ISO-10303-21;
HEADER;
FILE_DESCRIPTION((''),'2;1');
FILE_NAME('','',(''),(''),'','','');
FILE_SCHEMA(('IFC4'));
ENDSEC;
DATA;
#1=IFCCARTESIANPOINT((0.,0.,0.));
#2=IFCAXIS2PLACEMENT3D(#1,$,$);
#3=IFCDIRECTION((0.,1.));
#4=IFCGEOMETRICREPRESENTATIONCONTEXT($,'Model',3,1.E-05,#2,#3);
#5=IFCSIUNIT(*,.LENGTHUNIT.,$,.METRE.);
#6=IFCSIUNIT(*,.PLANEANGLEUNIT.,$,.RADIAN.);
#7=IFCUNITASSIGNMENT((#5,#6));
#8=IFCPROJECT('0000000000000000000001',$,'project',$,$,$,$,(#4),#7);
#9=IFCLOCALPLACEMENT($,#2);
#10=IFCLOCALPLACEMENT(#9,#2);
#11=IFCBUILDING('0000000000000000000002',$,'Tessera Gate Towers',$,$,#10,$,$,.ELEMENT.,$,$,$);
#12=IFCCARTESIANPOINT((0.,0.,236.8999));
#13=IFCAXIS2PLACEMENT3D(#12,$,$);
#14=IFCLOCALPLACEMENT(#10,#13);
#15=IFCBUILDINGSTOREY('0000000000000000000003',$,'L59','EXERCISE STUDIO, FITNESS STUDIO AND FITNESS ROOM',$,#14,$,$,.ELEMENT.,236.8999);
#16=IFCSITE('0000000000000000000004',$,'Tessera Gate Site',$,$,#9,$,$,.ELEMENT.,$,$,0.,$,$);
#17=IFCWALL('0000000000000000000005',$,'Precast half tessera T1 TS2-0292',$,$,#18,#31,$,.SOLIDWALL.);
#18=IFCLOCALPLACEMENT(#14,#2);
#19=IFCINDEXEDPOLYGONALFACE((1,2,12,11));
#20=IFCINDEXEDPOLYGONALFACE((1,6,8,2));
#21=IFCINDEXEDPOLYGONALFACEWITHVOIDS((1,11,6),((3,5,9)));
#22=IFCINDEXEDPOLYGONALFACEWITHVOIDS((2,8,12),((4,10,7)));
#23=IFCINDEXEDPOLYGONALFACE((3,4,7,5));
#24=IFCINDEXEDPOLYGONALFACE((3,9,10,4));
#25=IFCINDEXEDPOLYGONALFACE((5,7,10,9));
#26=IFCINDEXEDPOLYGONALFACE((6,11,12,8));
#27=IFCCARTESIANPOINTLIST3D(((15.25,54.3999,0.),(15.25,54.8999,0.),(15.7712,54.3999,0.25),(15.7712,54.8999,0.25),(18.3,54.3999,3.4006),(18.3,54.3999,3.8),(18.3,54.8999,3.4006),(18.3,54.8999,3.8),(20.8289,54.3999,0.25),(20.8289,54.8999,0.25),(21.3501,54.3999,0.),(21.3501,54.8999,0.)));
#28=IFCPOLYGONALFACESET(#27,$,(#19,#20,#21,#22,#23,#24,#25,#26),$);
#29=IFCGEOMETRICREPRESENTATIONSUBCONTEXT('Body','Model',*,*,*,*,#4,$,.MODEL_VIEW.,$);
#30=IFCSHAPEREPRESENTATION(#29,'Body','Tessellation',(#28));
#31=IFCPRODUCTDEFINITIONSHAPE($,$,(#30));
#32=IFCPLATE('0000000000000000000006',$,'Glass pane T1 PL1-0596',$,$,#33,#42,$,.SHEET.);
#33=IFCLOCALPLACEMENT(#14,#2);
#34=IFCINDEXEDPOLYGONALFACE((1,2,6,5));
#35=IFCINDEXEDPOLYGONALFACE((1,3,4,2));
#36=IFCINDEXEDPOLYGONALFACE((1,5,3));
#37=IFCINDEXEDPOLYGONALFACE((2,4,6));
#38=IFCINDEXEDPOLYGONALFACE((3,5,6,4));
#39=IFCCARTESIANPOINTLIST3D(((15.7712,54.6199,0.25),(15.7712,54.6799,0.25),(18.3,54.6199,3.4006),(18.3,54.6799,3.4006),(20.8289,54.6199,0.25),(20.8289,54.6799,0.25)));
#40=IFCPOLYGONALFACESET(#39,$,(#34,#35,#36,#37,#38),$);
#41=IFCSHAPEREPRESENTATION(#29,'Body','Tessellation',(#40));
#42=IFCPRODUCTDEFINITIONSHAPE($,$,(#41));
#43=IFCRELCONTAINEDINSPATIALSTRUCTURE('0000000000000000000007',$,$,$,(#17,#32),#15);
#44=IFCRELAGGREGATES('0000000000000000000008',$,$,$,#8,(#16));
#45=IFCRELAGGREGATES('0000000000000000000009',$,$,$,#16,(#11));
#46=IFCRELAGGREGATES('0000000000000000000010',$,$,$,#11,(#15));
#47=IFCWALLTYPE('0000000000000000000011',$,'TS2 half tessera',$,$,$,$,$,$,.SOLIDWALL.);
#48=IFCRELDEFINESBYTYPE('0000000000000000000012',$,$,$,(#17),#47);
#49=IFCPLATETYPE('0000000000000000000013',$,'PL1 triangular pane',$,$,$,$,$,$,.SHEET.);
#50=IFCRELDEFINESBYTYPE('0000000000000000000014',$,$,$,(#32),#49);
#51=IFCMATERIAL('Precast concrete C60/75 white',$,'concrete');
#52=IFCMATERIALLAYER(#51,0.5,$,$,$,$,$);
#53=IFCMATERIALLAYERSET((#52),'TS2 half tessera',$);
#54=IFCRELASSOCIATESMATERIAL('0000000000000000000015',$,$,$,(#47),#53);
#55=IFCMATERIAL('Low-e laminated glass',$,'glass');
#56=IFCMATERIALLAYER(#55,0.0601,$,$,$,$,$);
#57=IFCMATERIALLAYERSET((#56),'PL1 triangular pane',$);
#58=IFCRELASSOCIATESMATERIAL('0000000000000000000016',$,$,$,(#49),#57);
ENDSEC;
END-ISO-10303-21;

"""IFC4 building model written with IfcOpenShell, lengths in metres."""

from ifc_helpers import new_model, si_unit, direction, frame, origin, place, context, subcontext, project, spatial, polyline, outline, extrude, source, transform, mapped, material, layer, layer_set, type_object, element, fill, save


model = new_model("IFC4")

# Units and contexts
model_context = context("Model", 3, precision=1e-05, world=origin(), true_north=direction((0.0, 1.0)))
body_context = subcontext(model_context, "Body", "Model", "MODEL_VIEW")
ifc_project = project(units=[si_unit("LENGTHUNIT", "METRE"), si_unit("PLANEANGLEUNIT", "RADIAN")], contexts=[model_context])

# Site, building, storey
site_placement = place(None, origin())
site = spatial("IfcSite", under=ifc_project, at=site_placement, Name="Tessera Gate Site", CompositionType="ELEMENT", RefElevation=0.0)
building_placement = place(site_placement, origin())
building = spatial("IfcBuilding", under=site, at=building_placement, Name="Tessera Gate Towers", CompositionType="ELEMENT")
storey_placement = place(building_placement, frame((0.0, 0.0, 236.8999)))
storey = spatial("IfcBuildingStorey", under=building, at=storey_placement, Name="L59", Description="EXERCISE STUDIO, FITNESS STUDIO AND FITNESS ROOM", CompositionType="ELEMENT", Elevation=236.8999)

# Wall, opening, plate
ifc_material_1 = material(Name="Precast concrete C60/75 white", Category="concrete")
ifc_layer_1 = layer(ifc_material_1, 0.5)
ifc_layer_set_1 = layer_set([ifc_layer_1], Name="TS2 half tessera")
wall_type_1 = type_object("IfcWallType", Name="TS2 half tessera", PredefinedType="SOLIDWALL", material=ifc_layer_set_1)
shared_shape_1 = source(origin(), body_context, "Body", "SweptSolid", [
    extrude(outline(polyline([(6.1001, 0.0), (3.05, 3.8), (0.0, 0.0), (6.1001, 0.0)])), frame((0.0, 0.25, 0.0), z_axis=(0.0, -1.0, 0.0), x_axis=(1.0, 0.0, 0.0)), (0.0, 0.0, 1.0), 0.5),
])
wall_1_placement = place(storey_placement, frame((21.3501, 54.6499, 0.0), z_axis=(0.0, 0.0, 1.0), x_axis=(-1.0, 0.0, 0.0)))
wall_1 = element("IfcWall", 1, at=wall_1_placement, inside=storey, type_object=wall_type_1, Name="Precast half tessera T1 TS2-0292", PredefinedType="SOLIDWALL", context=body_context, shape_type="MappedRepresentation", body=[
    mapped(shared_shape_1, transform((0.0, 0.0, 0.0), scale=1.0)),
])
shared_shape_2 = source(origin(), body_context, "Body", "SweptSolid", [
    extrude(outline(polyline([(5.5789, 0.25), (3.05, 3.4006), (0.5212, 0.25), (5.5789, 0.25)])), frame((0.0, 0.26, 0.0), z_axis=(0.0, -1.0, 0.0), x_axis=(1.0, 0.0, 0.0)), (0.0, 0.0, 1.0), 0.52),
])
opening_1_placement = place(wall_1_placement, origin())
opening_1 = element("IfcOpeningElement", 2, at=opening_1_placement, cuts=wall_1, PredefinedType="OPENING", context=body_context, shape_type="MappedRepresentation", body=[
    mapped(shared_shape_2, transform((0.0, 0.0, 0.0), scale=1.0)),
])
ifc_material_2 = material(Name="Low-e laminated glass", Category="glass")
ifc_layer_2 = layer(ifc_material_2, 0.0601)
ifc_layer_set_2 = layer_set([ifc_layer_2], Name="PL1 triangular pane")
plate_type = type_object("IfcPlateType", Name="PL1 triangular pane", PredefinedType="SHEET", material=ifc_layer_set_2)
shared_shape_3 = source(origin(), body_context, "Body", "SweptSolid", [
    extrude(outline(polyline([(5.5789, 0.25), (3.05, 3.4006), (0.5212, 0.25), (5.5789, 0.25)])), frame((0.0, 0.03, 0.0), z_axis=(0.0, -1.0, 0.0), x_axis=(1.0, 0.0, 0.0)), (0.0, 0.0, 1.0), 0.0601),
])
plate_placement = place(opening_1_placement, origin())
plate = element("IfcPlate", 3, at=plate_placement, inside=storey, type_object=plate_type, Name="Glass pane T1 PL1-0596", PredefinedType="SHEET", context=body_context, shape_type="MappedRepresentation", body=[
    mapped(shared_shape_3, transform((0.0, 0.0, 0.0), scale=1.0)),
])
fill(opening_1, plate)

save(model, "model.ifc")
